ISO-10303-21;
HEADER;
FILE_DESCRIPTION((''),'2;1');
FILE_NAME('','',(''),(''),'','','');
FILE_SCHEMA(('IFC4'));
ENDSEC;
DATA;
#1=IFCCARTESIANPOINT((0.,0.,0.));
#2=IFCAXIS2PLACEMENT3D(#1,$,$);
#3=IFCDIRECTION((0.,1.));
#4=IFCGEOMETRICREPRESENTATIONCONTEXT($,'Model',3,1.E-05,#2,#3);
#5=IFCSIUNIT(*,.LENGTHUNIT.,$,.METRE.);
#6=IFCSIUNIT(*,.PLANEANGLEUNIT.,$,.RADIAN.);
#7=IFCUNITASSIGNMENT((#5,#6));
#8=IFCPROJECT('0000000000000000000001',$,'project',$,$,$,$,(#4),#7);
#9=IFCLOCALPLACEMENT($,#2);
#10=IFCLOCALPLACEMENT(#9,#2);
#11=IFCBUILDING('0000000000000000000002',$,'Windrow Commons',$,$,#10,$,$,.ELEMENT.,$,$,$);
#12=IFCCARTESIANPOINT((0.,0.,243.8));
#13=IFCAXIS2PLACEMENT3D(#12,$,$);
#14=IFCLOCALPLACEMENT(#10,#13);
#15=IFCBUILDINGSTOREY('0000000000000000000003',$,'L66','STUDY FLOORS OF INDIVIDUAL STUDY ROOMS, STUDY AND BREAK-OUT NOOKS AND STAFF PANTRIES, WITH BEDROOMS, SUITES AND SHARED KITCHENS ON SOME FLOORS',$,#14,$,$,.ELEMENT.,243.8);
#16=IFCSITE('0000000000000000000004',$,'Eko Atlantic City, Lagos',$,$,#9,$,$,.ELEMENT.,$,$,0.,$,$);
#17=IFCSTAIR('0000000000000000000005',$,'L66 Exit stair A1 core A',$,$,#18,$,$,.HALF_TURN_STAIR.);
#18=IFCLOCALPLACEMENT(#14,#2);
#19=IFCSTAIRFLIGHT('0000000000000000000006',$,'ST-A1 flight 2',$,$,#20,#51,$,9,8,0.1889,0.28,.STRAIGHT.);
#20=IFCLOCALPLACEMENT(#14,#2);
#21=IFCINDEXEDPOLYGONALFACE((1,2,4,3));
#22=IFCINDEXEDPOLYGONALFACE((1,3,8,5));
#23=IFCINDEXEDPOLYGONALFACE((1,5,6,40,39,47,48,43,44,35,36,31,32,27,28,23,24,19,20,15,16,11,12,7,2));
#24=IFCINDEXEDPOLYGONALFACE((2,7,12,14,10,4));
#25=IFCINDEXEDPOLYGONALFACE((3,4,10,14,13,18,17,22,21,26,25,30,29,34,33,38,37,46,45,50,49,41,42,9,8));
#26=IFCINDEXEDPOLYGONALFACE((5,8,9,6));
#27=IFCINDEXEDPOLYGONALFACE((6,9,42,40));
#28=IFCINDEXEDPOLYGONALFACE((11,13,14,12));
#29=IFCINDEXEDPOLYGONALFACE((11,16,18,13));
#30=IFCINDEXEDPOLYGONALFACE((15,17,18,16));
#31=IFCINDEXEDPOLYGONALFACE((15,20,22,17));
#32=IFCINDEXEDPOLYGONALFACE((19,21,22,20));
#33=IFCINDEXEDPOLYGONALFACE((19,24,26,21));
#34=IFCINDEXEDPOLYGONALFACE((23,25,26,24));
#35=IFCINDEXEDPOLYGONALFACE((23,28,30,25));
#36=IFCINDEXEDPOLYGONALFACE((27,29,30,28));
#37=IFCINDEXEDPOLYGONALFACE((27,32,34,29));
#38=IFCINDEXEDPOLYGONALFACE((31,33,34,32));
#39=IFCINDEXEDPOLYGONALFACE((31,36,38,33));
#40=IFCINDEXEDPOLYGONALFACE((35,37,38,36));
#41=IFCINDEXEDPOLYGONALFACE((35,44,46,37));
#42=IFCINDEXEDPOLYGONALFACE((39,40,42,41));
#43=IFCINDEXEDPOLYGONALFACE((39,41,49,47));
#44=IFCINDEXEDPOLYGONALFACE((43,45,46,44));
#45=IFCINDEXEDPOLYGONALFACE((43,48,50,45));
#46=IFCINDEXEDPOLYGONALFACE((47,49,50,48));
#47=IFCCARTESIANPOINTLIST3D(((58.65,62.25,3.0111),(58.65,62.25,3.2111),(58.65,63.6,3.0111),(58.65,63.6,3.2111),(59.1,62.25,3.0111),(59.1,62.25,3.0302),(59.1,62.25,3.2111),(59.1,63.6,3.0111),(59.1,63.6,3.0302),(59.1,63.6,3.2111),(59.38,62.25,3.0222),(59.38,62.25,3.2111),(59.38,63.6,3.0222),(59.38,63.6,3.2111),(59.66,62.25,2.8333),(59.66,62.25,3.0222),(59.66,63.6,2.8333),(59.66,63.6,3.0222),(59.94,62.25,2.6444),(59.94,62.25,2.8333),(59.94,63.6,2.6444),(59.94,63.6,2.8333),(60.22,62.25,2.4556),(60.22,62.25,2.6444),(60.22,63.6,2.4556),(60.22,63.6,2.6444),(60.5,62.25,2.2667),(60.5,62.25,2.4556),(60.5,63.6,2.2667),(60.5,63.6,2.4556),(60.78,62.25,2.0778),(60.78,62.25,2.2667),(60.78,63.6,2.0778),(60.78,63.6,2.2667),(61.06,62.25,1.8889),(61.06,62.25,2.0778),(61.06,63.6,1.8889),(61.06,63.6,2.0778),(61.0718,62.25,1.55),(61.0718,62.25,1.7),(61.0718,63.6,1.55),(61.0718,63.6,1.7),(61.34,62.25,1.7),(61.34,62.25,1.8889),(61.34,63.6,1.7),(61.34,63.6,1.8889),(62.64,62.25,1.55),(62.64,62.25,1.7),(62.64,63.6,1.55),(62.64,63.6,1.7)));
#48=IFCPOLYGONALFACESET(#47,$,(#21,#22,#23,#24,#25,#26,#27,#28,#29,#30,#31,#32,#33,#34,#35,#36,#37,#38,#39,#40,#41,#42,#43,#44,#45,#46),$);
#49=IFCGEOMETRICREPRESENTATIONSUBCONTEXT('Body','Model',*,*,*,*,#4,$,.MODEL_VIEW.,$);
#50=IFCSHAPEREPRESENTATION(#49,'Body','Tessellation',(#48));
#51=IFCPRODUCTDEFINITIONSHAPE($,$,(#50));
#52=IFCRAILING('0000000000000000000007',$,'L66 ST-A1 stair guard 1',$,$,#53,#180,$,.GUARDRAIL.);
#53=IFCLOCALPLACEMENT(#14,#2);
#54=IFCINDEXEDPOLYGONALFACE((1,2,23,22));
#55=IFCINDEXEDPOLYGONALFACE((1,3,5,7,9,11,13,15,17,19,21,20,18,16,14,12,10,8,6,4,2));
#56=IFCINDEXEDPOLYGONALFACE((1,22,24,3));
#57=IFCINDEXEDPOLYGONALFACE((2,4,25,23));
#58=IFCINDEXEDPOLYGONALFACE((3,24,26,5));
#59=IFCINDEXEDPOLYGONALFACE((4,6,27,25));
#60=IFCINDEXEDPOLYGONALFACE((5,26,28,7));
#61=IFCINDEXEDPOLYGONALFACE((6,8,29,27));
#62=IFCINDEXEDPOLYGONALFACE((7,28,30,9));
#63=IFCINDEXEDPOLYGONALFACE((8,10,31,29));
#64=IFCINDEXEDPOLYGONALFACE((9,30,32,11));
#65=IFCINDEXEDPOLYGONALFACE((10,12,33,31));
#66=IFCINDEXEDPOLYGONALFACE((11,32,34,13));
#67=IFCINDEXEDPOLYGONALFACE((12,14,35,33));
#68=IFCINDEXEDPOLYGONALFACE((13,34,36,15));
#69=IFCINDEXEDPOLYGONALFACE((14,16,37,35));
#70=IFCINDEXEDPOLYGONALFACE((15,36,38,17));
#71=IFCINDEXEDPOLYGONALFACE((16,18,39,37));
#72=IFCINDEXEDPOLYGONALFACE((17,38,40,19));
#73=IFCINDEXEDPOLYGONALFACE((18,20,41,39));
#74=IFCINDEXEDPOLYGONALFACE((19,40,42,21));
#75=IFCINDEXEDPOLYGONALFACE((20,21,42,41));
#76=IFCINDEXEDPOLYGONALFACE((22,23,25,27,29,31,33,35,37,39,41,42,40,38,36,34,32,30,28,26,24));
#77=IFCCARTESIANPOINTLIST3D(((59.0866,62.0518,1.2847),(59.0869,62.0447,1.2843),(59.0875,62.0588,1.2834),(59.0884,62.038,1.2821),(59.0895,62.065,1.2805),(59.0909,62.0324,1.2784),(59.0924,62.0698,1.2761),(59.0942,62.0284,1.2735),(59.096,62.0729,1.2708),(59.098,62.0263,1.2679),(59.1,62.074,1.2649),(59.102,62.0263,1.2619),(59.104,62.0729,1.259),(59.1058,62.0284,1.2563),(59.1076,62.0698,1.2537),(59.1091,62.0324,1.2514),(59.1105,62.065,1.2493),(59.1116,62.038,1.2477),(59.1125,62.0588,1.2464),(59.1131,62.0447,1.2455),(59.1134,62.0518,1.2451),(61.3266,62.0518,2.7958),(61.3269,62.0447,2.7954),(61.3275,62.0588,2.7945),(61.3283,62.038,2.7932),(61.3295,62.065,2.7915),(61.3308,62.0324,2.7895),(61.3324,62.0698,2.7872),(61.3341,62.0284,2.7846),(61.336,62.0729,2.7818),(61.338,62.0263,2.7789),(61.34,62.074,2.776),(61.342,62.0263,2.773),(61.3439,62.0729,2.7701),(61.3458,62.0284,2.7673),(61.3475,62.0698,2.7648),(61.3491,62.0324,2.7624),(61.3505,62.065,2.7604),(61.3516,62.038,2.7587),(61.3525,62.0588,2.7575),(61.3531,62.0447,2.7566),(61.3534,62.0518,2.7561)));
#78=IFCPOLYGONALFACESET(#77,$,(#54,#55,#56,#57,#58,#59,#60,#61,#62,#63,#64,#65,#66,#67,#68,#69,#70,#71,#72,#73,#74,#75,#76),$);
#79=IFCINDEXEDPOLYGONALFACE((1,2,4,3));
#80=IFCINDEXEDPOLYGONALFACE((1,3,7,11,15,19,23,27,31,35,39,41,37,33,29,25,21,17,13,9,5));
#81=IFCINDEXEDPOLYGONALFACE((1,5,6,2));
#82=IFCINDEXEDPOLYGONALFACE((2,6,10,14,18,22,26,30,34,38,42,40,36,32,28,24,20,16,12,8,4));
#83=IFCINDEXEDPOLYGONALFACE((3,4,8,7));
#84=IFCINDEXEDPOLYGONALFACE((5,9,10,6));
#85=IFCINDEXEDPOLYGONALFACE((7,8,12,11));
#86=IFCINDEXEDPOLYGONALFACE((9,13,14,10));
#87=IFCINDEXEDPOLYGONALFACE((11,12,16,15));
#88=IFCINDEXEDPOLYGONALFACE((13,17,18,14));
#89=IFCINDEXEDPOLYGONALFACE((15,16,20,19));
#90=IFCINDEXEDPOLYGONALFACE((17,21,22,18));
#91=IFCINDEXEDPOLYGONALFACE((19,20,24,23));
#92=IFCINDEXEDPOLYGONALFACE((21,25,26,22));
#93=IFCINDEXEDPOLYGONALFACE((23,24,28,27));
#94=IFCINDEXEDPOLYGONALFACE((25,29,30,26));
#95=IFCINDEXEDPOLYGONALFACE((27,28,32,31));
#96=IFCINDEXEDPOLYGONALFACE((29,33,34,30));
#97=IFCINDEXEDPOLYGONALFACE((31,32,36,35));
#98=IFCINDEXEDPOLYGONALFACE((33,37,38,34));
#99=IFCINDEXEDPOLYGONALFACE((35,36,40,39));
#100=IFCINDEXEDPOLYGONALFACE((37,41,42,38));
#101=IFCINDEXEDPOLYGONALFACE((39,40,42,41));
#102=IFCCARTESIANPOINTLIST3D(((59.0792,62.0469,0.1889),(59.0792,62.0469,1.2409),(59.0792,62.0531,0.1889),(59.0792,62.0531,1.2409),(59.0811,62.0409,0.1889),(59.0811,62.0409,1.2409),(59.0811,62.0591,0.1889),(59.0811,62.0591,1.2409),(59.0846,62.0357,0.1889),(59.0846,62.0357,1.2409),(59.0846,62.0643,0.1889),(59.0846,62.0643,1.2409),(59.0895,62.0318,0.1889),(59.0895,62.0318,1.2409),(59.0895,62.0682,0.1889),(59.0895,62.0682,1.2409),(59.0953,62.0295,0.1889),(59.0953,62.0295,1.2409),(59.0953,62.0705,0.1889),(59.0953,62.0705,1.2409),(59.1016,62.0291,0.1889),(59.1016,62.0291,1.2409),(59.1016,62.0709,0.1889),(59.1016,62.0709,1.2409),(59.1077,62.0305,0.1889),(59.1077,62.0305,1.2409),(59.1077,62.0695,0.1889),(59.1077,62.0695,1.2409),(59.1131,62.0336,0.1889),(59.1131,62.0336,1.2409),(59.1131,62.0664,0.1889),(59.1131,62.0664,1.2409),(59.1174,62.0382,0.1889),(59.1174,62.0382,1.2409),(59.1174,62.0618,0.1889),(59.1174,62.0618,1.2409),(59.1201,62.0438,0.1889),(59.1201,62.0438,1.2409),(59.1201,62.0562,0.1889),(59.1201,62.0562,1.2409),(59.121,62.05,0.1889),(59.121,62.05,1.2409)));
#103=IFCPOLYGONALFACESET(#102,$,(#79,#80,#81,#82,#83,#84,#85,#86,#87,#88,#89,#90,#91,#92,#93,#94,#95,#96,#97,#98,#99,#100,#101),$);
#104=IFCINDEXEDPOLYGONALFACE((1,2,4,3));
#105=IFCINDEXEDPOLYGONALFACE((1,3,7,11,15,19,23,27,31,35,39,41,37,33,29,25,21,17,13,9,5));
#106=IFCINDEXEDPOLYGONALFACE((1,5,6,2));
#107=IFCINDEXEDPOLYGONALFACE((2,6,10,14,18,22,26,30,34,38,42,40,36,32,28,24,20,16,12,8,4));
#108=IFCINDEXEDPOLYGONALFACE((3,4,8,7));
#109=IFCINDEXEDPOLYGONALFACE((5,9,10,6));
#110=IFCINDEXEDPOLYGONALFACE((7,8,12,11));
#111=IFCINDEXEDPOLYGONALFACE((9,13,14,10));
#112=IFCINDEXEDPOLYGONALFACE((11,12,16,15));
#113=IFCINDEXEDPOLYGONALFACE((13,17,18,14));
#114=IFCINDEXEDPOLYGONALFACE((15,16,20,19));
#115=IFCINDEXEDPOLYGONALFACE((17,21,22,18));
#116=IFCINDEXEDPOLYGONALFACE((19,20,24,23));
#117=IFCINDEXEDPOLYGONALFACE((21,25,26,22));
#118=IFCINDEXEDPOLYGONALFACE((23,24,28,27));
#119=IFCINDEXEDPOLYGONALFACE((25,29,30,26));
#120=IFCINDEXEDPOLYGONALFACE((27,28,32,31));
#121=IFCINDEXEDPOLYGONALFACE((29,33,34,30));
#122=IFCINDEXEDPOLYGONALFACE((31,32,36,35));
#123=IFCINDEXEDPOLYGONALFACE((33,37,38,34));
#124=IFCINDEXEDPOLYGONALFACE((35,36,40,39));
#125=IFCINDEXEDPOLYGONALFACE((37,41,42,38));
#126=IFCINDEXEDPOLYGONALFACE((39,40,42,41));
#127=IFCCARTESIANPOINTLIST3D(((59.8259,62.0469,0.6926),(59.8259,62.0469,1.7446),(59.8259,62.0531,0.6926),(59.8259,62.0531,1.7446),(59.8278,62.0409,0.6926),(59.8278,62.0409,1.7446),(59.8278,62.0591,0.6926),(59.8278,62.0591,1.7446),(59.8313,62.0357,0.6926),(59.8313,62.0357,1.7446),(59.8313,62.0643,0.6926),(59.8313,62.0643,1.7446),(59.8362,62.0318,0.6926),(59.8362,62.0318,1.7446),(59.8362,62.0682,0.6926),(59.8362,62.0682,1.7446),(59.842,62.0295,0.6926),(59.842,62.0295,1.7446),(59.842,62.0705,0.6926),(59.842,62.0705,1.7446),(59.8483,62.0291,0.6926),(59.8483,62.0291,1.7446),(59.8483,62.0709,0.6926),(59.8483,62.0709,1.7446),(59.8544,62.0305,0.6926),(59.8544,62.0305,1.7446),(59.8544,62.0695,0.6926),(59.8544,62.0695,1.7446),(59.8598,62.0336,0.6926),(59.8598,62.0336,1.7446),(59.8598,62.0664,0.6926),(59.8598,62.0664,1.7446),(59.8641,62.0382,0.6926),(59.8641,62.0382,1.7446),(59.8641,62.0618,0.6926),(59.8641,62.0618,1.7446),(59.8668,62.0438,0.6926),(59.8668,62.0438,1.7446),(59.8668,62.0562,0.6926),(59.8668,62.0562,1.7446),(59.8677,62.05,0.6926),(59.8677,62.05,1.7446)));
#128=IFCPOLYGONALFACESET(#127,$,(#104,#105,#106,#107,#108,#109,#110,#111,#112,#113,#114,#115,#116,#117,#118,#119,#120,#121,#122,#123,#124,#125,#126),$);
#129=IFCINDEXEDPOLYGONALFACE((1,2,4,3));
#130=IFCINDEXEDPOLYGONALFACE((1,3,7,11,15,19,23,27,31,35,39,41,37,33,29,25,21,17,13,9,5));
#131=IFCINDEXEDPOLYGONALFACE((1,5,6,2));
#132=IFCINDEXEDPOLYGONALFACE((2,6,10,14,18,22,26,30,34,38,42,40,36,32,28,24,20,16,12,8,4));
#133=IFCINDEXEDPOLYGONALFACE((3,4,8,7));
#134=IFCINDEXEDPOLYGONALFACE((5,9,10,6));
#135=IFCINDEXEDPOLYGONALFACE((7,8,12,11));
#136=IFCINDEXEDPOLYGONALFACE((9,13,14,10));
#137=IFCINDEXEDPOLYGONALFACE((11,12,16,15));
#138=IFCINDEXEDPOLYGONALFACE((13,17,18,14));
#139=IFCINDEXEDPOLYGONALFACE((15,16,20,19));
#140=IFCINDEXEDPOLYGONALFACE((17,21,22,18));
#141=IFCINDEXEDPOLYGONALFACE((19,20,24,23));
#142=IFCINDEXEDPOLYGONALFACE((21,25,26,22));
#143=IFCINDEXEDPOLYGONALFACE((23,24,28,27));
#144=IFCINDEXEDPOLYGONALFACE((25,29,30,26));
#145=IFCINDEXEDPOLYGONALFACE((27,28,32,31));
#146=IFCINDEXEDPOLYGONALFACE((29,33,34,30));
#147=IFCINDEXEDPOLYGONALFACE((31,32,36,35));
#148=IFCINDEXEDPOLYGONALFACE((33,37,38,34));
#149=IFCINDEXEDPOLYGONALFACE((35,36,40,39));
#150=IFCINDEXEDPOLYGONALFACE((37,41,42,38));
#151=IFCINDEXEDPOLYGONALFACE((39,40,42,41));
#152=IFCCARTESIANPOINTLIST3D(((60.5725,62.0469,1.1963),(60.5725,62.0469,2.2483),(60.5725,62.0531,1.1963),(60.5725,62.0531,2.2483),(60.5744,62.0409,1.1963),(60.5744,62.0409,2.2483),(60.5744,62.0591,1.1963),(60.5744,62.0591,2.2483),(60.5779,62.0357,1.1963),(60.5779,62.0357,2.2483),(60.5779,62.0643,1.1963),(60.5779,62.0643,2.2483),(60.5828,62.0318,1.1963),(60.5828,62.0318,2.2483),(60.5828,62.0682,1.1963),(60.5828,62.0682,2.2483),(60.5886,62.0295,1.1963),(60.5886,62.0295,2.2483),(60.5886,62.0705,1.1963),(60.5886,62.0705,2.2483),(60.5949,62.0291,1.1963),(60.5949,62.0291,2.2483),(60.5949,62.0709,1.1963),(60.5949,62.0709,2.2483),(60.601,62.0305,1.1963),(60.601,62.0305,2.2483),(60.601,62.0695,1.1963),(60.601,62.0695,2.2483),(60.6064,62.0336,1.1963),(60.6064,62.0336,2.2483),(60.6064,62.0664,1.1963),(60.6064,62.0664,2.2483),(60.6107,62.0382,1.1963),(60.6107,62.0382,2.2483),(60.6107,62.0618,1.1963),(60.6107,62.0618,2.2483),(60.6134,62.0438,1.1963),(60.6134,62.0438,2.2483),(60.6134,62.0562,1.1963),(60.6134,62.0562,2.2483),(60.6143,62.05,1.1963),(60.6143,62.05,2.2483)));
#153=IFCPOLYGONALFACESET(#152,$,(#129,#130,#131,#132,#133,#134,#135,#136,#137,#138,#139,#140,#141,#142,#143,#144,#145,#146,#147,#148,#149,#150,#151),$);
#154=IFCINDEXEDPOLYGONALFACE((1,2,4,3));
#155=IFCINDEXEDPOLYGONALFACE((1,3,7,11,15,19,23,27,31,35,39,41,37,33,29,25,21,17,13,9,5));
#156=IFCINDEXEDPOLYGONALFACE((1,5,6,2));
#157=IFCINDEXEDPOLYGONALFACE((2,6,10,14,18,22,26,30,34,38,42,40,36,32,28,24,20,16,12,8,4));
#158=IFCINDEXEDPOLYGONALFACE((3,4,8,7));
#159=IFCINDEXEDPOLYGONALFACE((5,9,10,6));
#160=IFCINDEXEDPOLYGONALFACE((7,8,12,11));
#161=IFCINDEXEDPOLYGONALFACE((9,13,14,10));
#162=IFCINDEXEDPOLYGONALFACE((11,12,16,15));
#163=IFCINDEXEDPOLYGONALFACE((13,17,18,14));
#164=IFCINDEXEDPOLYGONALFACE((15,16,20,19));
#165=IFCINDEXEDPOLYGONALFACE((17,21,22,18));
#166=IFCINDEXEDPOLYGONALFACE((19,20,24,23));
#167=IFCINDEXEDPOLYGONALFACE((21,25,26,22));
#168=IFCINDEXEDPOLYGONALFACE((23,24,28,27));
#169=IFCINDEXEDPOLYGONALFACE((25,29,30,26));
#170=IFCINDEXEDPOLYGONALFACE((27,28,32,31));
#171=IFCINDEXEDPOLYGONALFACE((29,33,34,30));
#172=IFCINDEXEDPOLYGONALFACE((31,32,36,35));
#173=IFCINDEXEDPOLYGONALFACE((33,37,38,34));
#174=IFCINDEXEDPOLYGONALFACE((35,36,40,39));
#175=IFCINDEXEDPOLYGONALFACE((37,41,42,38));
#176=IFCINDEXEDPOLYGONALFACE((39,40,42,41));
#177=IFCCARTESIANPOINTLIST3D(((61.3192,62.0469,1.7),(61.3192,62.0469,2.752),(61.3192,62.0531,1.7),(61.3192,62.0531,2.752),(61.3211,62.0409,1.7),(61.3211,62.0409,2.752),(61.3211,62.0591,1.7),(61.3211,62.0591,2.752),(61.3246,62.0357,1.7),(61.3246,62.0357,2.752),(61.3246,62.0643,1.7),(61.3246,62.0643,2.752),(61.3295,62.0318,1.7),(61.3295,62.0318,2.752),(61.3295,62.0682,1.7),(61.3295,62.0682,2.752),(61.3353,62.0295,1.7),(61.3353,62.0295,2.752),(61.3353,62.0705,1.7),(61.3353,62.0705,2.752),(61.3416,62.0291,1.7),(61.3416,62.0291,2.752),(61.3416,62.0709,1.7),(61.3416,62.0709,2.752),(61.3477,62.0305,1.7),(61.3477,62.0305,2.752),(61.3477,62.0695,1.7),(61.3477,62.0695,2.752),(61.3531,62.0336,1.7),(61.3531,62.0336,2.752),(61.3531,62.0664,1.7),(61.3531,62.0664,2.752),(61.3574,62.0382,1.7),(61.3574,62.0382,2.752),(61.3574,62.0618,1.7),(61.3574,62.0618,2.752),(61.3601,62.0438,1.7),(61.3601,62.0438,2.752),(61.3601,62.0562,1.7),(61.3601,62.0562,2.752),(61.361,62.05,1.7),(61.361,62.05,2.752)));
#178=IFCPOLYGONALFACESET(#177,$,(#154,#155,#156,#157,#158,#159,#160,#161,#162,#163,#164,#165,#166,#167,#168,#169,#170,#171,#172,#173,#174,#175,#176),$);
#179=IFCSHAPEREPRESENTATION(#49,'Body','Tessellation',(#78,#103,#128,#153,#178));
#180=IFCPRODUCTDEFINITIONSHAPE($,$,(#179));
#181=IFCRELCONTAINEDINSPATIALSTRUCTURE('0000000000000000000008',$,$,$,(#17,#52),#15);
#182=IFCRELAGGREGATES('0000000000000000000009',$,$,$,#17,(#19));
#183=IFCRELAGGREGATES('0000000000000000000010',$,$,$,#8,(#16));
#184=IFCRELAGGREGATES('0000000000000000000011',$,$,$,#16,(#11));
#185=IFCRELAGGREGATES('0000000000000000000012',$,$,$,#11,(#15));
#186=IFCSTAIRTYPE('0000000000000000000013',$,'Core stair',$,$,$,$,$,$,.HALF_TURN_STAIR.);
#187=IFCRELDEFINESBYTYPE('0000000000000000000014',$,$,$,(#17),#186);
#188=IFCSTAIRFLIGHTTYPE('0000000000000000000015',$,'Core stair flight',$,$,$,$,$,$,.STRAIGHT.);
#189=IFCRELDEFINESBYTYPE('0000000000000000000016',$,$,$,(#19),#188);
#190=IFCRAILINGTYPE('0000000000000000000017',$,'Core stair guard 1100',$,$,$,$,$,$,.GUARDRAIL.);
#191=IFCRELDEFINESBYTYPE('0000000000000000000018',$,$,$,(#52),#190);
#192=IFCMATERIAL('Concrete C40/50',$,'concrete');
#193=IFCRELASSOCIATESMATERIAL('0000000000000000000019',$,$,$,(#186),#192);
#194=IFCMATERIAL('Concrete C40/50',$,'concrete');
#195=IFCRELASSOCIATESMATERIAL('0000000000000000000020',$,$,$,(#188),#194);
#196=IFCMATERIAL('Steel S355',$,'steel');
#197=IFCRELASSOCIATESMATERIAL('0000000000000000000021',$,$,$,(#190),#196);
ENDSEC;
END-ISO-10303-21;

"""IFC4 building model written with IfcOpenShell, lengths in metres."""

from ifc_helpers import new_model, si_unit, direction, frame, origin, origin_2d, place, context, subcontext, project, spatial, polyline, circle, outline, extrude, material, type_object, element, aggregate, save


model = new_model("IFC4")

# Units and contexts
model_context = context("Model", 3, precision=1e-05, world=origin(), true_north=direction((0.0, 1.0)))
body_context = subcontext(model_context, "Body", "Model", "MODEL_VIEW")
ifc_project = project(units=[si_unit("LENGTHUNIT", "METRE"), si_unit("PLANEANGLEUNIT", "RADIAN")], contexts=[model_context])

# Site, building, storey
site_placement = place(None, origin())
site = spatial("IfcSite", under=ifc_project, at=site_placement, Name="Eko Atlantic City, Lagos", CompositionType="ELEMENT", RefElevation=0.0)
building_placement = place(site_placement, origin())
building = spatial("IfcBuilding", under=site, at=building_placement, Name="Windrow Commons", CompositionType="ELEMENT")
storey_placement = place(building_placement, frame((0.0, 0.0, 243.8)))
storey = spatial("IfcBuildingStorey", under=building, at=storey_placement, Name="L66", Description="STUDY FLOORS OF INDIVIDUAL STUDY ROOMS, STUDY AND BREAK-OUT NOOKS AND STAFF PANTRIES, WITH BEDROOMS, SUITES AND SHARED KITCHENS ON SOME FLOORS", CompositionType="ELEMENT", Elevation=243.8)

# Stair, stair flight
ifc_material_1 = material(Name="Concrete C40/50", Category="concrete")
stair_type = type_object("IfcStairType", Name="Core stair", PredefinedType="HALF_TURN_STAIR", material=ifc_material_1)
stair_placement = place(storey_placement, origin())
stair = element("IfcStair", 1, at=stair_placement, inside=storey, type_object=stair_type, Name="L66 Exit stair A1 core A", PredefinedType="HALF_TURN_STAIR")
ifc_material_2 = material(Name="Concrete C40/50", Category="concrete")
stair_flight_type = type_object("IfcStairFlightType", Name="Core stair flight", PredefinedType="STRAIGHT", material=ifc_material_2)
stair_flight_1_placement = place(storey_placement, frame((61.34, 62.925, 1.7), z_axis=(0.0, 0.0, 1.0), x_axis=(-1.0, 0.0, 0.0)))
stair_flight_1 = element("IfcStairFlight", 2, at=stair_flight_1_placement, type_object=stair_flight_type, Name="ST-A1 flight 2", NumberOfRisers=9, NumberOfTreads=8, PredefinedType="STRAIGHT", RiserHeight=0.1889, TreadLength=0.28, context=body_context, shape_type="SweptSolid", body=[
    extrude(outline(polyline([(-1.3, -0.15), (-1.3, 0.0), (0.0, 0.0), (0.0, 0.1889), (0.28, 0.1889), (0.28, 0.3778), (0.56, 0.3778), (0.56, 0.5667), (0.84, 0.5667), (0.84, 0.7556), (1.12, 0.7556), (1.12, 0.9444), (1.4, 0.9444), (1.4, 1.1333), (1.68, 1.1333), (1.68, 1.3222), (1.96, 1.3222), (1.96, 1.5111), (2.24, 1.5111), (2.69, 1.5111), (2.69, 1.3111), (2.24, 1.3111), (2.24, 1.3302), (0.2682, 0.0), (0.2682, -0.15), (-1.3, -0.15)])), frame((0.0, 0.675, 0.0), z_axis=(0.0, -1.0, 0.0), x_axis=(1.0, 0.0, 0.0)), (0.0, 0.0, 1.0), 1.35),
])
aggregate(stair, [stair_flight_1])

# Railing
ifc_material_3 = material(Name="Steel S355", Category="steel")
railing_type_1 = type_object("IfcRailingType", Name="Core stair guard 1100", PredefinedType="GUARDRAIL", material=ifc_material_3)
railing_1_placement = place(storey_placement, frame((59.1, 62.05, 0.1889)))
element("IfcRailing", 3, at=railing_1_placement, inside=storey, type_object=railing_type_1, Name="L66 ST-A1 stair guard 1", PredefinedType="GUARDRAIL", context=body_context, shape_type="SweptSolid", body=[
    extrude(circle(Radius=0.024, at=origin_2d()), frame((0.0, 0.0, 1.076), z_axis=(0.829003, 0.0, 0.559244), x_axis=(0.0, 1.0, 0.0)), (0.0, 0.0, 1.0), 2.702),
    extrude(circle(Radius=0.021, at=origin_2d()), origin(), (0.0, 0.0, 1.0), 1.052),
    extrude(circle(Radius=0.021, at=origin_2d()), frame((0.7467, 0.0, 0.5037)), (0.0, 0.0, 1.0), 1.052),
    extrude(circle(Radius=0.021, at=origin_2d()), frame((1.4933, 0.0, 1.0074)), (0.0, 0.0, 1.0), 1.052),
    extrude(circle(Radius=0.021, at=origin_2d()), frame((2.24, 0.0, 1.5111)), (0.0, 0.0, 1.0), 1.052),
])

save(model, "model.ifc")
